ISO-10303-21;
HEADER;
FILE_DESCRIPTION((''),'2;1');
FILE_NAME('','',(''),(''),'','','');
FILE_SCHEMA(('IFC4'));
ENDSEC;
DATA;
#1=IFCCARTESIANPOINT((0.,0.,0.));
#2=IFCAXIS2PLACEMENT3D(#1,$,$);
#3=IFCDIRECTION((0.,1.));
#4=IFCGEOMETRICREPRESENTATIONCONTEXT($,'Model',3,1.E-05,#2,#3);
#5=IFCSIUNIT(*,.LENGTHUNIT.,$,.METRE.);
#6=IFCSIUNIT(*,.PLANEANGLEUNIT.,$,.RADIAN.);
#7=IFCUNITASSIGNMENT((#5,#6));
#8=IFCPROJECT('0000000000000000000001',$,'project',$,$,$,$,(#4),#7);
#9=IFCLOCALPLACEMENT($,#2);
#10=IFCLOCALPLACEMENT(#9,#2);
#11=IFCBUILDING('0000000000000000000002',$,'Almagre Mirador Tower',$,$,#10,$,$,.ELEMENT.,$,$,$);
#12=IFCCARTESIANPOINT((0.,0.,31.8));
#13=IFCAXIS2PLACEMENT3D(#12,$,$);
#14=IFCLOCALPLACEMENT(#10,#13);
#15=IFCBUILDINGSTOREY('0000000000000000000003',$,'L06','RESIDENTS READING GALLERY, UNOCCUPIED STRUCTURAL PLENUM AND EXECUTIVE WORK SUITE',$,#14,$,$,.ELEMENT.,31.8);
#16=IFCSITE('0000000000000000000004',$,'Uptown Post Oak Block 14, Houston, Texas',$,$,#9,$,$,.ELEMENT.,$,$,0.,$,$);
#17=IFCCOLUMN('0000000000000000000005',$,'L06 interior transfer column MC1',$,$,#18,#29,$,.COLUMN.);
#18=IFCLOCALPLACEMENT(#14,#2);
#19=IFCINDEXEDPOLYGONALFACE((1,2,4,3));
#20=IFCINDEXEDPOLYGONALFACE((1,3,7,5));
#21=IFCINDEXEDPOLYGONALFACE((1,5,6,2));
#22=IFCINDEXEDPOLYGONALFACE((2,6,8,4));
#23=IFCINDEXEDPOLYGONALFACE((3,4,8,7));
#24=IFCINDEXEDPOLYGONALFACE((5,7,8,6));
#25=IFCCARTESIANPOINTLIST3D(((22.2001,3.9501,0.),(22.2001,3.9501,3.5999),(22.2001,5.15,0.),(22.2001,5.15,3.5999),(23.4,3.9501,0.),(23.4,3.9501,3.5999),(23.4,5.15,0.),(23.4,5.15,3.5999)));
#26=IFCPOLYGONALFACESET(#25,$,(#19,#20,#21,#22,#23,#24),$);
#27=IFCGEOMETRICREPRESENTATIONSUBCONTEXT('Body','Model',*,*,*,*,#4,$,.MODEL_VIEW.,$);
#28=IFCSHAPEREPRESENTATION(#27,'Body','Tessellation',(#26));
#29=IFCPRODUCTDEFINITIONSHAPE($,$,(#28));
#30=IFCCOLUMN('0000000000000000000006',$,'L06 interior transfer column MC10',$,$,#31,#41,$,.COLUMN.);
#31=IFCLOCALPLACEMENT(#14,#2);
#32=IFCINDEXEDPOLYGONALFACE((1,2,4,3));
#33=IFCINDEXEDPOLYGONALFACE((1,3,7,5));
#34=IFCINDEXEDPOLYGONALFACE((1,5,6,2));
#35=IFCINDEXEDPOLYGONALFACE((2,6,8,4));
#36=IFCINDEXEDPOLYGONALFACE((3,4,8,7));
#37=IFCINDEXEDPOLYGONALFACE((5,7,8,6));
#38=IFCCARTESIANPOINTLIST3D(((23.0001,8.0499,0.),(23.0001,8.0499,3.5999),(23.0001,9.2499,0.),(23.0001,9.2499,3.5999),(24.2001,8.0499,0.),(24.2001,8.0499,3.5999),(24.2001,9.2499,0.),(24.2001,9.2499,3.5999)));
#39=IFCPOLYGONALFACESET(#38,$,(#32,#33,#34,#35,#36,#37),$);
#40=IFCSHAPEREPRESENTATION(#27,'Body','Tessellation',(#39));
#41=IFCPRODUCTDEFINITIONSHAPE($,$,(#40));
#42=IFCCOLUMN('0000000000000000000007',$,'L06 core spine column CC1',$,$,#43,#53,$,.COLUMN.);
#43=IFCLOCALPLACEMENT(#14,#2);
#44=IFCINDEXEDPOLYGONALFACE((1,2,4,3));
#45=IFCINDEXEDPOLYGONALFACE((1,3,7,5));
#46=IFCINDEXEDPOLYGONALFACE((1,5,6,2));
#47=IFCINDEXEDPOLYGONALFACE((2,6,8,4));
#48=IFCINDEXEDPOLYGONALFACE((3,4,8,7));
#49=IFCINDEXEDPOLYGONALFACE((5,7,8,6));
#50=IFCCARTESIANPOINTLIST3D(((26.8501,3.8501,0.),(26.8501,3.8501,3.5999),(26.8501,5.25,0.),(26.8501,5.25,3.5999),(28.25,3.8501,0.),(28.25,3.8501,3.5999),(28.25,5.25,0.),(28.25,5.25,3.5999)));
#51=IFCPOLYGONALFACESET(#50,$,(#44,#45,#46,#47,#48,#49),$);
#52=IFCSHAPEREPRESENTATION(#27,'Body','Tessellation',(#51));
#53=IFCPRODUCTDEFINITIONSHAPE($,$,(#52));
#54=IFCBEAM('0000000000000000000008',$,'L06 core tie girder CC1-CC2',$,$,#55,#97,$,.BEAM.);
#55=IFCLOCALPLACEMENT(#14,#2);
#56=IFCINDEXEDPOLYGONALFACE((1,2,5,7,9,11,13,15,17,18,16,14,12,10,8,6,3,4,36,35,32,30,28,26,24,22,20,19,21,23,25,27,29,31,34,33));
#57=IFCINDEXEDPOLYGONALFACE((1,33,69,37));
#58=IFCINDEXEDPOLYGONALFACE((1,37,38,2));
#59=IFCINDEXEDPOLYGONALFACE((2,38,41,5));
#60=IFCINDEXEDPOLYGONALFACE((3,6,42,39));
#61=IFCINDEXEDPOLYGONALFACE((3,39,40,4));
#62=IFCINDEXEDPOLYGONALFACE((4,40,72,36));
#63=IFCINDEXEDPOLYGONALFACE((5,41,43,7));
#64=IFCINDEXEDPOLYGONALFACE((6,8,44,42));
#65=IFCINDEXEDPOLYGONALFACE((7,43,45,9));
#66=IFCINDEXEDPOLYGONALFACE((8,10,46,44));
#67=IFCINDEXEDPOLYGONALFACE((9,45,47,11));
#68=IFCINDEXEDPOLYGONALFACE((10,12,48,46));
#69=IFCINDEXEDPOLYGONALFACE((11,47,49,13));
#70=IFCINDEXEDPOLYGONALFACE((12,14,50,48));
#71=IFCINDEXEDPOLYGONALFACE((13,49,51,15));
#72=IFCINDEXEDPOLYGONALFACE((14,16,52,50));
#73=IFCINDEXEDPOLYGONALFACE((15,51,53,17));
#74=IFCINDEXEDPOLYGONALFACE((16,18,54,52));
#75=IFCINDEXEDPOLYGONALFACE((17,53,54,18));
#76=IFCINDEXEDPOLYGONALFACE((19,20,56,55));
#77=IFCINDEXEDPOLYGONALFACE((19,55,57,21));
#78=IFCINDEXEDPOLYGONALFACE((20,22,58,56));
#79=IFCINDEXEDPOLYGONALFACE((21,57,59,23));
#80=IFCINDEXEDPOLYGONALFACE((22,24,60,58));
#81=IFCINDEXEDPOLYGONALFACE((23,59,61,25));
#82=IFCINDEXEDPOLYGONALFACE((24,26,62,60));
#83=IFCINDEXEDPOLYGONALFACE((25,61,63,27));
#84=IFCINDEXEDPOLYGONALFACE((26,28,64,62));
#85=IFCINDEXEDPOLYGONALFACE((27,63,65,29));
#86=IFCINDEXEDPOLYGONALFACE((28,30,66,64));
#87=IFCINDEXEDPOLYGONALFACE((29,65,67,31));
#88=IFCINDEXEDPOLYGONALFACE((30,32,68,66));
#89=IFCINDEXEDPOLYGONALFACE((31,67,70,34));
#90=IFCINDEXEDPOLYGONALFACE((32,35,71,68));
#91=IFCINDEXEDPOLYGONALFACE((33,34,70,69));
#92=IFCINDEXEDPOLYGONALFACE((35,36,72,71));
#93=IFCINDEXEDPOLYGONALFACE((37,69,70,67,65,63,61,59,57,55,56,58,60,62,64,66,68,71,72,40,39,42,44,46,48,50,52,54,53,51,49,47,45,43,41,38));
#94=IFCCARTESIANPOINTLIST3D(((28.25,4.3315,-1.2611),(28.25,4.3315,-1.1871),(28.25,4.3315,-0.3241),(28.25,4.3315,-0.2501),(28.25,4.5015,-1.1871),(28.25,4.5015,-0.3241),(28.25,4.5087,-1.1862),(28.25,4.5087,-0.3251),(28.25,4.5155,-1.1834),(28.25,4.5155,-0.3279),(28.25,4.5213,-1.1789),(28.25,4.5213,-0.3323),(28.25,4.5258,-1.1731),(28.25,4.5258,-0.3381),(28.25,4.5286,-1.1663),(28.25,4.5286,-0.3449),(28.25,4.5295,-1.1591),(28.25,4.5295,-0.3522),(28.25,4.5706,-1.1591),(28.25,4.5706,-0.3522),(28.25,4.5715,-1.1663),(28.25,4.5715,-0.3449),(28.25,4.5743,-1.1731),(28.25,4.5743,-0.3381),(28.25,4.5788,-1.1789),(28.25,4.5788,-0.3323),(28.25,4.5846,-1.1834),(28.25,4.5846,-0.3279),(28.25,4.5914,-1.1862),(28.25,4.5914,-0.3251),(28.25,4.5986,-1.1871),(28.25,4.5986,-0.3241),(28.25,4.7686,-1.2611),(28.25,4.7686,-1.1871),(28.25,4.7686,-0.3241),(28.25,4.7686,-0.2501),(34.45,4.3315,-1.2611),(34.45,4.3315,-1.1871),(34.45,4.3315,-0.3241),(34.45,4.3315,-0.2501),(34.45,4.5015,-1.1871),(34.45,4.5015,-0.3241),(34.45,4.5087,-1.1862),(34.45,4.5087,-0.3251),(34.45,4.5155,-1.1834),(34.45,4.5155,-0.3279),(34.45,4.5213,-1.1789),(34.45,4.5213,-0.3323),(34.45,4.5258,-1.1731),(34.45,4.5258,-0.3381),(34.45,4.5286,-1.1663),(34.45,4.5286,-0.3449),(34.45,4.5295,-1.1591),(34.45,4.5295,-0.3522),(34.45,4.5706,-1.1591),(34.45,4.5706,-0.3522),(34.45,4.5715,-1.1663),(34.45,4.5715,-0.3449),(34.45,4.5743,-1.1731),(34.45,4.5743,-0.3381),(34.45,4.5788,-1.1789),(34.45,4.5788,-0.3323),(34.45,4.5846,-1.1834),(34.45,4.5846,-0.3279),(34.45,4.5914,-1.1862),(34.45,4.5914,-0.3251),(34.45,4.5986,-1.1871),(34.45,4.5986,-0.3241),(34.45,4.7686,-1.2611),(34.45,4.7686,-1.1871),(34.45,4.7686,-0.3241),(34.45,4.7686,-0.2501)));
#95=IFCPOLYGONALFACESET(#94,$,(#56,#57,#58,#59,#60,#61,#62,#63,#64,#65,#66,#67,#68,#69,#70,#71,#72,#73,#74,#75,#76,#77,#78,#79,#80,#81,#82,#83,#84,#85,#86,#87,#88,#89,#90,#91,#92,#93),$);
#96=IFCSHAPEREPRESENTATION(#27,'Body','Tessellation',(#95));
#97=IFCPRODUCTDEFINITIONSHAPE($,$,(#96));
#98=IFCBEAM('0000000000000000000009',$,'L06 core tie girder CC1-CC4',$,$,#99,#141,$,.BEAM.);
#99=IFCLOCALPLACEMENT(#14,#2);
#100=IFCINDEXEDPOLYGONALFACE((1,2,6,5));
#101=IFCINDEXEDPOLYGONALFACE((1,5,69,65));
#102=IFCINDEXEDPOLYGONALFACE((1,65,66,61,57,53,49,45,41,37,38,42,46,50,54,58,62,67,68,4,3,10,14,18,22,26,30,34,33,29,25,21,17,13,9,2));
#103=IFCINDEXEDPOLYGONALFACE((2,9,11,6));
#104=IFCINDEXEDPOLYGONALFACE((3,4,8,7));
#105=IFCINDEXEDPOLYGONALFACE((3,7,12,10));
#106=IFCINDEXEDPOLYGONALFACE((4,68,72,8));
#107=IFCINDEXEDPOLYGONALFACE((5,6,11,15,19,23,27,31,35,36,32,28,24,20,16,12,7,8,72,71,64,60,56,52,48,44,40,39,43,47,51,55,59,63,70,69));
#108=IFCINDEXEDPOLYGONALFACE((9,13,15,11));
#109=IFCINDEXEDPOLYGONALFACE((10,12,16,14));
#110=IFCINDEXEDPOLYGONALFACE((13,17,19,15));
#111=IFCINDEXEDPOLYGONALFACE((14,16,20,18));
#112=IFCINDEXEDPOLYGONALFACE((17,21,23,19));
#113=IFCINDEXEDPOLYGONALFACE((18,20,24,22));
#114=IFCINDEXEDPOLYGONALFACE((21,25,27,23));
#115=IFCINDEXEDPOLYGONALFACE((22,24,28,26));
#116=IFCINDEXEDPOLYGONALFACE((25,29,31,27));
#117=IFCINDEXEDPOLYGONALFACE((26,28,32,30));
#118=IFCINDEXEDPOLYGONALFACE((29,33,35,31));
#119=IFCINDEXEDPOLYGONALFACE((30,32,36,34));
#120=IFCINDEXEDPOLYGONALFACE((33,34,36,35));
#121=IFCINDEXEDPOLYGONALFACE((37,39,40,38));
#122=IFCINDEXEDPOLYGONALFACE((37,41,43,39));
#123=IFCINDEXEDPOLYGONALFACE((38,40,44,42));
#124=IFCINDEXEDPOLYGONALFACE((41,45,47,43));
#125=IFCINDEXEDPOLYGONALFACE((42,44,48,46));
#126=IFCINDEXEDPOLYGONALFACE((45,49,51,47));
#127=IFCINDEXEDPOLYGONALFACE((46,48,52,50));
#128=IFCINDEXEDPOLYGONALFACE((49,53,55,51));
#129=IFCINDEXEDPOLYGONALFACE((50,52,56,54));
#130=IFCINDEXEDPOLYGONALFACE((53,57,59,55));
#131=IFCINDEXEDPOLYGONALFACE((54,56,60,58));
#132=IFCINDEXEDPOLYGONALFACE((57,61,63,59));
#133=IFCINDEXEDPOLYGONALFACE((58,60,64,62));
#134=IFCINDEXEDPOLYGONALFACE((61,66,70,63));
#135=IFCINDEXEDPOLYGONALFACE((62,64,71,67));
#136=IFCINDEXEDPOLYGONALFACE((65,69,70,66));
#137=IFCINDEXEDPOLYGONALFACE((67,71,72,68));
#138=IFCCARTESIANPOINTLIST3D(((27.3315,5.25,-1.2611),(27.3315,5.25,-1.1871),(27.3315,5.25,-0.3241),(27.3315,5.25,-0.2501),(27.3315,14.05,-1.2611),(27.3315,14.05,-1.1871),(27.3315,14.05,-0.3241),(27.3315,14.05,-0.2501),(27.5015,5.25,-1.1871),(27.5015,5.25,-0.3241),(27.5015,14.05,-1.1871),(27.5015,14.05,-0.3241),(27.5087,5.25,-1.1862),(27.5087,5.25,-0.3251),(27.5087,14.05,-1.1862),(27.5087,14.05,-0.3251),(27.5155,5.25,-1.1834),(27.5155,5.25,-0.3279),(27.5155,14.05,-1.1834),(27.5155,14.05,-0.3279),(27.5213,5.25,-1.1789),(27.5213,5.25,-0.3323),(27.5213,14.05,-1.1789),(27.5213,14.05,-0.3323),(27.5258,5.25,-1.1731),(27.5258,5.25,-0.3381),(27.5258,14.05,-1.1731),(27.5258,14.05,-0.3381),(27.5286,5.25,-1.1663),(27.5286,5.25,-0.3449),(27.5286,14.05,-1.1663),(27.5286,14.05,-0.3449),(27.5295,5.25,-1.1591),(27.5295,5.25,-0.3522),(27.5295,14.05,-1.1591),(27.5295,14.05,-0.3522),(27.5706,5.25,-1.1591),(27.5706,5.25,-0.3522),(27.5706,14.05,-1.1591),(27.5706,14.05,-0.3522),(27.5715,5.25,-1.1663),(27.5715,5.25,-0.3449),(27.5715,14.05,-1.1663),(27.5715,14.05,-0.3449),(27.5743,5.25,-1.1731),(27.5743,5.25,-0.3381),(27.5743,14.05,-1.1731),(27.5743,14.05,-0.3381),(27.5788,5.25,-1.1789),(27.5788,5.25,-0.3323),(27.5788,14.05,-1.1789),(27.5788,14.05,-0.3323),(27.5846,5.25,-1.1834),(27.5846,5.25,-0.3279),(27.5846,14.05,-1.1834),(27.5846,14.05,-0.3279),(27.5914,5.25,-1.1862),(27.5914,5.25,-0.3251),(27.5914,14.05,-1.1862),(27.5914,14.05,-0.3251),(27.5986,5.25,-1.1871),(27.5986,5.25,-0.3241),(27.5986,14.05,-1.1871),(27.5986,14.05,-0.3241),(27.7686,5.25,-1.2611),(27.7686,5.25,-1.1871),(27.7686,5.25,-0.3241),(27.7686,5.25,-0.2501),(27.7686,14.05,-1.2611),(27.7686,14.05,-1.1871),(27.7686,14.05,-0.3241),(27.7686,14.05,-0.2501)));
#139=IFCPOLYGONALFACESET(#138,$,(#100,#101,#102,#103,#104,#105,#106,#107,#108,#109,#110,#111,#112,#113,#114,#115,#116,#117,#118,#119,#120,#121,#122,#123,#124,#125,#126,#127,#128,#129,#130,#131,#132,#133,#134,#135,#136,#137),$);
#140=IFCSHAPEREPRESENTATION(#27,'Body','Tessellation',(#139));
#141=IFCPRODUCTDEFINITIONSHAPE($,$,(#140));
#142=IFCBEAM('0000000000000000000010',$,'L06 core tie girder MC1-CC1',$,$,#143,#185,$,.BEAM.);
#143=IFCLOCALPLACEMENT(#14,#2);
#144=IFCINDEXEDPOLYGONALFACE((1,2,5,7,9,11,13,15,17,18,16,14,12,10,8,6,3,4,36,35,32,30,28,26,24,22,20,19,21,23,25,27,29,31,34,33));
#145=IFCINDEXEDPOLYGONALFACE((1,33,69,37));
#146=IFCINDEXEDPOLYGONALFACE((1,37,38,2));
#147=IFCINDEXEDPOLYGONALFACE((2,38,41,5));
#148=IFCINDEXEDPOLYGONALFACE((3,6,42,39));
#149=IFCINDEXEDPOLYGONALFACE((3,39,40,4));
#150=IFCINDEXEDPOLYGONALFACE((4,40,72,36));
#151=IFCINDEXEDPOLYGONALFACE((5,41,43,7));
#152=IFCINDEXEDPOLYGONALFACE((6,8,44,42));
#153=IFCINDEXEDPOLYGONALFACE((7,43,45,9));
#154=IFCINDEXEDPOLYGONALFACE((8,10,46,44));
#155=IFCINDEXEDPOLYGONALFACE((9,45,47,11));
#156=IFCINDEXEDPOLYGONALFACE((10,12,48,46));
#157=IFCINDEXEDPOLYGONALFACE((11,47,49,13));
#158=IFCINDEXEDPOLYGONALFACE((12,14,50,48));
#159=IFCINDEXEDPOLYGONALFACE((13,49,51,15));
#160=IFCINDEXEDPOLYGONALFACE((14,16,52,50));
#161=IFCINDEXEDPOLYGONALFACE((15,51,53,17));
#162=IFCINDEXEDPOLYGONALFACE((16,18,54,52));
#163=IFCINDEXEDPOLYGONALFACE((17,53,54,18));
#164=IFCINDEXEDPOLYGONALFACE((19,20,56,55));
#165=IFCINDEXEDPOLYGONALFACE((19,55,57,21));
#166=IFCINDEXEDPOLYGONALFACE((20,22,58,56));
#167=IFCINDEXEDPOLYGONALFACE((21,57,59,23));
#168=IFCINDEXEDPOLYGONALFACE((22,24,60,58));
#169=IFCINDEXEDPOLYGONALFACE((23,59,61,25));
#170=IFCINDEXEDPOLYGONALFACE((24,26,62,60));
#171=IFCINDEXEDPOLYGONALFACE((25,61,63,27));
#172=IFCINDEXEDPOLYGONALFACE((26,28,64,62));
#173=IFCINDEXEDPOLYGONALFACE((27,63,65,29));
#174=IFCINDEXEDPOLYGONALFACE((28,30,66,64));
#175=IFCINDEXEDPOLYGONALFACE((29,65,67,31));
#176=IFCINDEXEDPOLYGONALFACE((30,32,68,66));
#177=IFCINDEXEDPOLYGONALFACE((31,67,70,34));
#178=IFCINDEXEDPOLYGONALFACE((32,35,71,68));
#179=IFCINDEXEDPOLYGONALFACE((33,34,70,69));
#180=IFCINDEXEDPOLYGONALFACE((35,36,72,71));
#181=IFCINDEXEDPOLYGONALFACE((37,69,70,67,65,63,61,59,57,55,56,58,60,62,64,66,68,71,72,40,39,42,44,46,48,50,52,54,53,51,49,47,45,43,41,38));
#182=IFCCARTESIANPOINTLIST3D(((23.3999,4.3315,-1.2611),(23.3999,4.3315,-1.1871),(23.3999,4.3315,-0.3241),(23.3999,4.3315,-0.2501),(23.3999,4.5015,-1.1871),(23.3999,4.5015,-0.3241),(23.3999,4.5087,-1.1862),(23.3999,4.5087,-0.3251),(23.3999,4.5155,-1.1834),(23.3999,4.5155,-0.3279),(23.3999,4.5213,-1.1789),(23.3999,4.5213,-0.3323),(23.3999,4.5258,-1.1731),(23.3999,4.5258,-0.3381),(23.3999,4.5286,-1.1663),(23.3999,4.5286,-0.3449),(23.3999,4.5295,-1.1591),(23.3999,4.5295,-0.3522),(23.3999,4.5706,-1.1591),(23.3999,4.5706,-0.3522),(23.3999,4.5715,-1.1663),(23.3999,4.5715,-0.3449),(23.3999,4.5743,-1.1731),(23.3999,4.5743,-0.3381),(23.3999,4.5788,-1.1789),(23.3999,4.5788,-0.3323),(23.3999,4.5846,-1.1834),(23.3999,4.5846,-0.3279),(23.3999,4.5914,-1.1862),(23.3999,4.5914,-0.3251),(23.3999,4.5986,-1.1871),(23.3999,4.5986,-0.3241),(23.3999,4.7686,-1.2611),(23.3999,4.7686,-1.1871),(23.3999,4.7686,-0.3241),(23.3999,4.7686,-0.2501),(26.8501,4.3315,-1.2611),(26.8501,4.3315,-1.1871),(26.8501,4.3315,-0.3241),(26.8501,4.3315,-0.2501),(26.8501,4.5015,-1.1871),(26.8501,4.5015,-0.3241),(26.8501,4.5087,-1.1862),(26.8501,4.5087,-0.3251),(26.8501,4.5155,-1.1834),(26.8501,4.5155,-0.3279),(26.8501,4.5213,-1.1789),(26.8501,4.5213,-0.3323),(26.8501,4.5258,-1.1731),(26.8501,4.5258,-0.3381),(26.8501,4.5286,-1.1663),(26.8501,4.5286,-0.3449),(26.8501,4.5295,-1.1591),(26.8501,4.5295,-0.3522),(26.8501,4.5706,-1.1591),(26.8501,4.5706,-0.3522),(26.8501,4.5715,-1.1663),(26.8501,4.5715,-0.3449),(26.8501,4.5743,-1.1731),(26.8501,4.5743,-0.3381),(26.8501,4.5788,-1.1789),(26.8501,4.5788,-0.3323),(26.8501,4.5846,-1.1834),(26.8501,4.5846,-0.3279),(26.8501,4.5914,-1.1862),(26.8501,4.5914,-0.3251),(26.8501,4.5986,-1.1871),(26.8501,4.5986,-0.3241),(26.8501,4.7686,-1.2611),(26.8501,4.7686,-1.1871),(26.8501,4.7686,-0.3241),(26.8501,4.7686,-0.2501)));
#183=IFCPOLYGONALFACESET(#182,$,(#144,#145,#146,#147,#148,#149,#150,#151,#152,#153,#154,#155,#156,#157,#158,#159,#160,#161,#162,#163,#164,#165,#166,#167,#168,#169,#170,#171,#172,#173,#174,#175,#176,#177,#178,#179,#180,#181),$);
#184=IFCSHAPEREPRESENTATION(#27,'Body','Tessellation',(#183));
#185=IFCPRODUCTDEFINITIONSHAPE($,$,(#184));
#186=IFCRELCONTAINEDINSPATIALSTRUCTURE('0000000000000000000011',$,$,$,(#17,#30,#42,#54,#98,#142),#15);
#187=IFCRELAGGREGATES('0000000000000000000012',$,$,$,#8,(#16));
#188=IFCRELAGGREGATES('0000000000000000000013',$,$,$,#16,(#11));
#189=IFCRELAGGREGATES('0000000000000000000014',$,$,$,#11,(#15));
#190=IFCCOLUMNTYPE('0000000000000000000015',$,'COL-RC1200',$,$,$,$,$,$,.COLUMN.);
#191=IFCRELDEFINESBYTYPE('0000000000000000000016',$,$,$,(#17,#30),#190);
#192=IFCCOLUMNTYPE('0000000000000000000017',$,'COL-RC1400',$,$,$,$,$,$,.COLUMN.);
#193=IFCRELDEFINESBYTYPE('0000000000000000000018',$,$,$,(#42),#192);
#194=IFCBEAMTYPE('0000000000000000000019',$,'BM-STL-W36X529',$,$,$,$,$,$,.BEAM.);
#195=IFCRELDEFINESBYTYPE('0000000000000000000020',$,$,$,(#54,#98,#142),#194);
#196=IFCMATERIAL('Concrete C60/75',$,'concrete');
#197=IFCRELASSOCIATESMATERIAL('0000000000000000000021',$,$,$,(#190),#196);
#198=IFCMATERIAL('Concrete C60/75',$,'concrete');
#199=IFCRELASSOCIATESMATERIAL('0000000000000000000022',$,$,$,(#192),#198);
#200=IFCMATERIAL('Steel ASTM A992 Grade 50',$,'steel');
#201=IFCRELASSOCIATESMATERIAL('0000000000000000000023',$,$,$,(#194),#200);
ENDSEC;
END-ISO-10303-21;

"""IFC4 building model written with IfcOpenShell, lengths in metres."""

from ifc_helpers import new_model, si_unit, direction, frame, origin, origin_2d, place, context, subcontext, project, spatial, rectangle, i_section, extrude, material, material_profile, profile_set, type_object, element, save


model = new_model("IFC4")

# Units and contexts
model_context = context("Model", 3, precision=1e-05, world=origin(), true_north=direction((0.0, 1.0)))
body_context = subcontext(model_context, "Body", "Model", "MODEL_VIEW")
ifc_project = project(units=[si_unit("LENGTHUNIT", "METRE"), si_unit("PLANEANGLEUNIT", "RADIAN")], contexts=[model_context])

# Site, building, storey
site_placement = place(None, origin())
site = spatial("IfcSite", under=ifc_project, at=site_placement, Name="Uptown Post Oak Block 14, Houston, Texas", CompositionType="ELEMENT", RefElevation=0.0)
building_placement = place(site_placement, origin())
building = spatial("IfcBuilding", under=site, at=building_placement, Name="Almagre Mirador Tower", CompositionType="ELEMENT")
storey_placement = place(building_placement, frame((0.0, 0.0, 31.8)))
storey = spatial("IfcBuildingStorey", under=building, at=storey_placement, Name="L06", Description="RESIDENTS READING GALLERY, UNOCCUPIED STRUCTURAL PLENUM AND EXECUTIVE WORK SUITE", CompositionType="ELEMENT", Elevation=31.8)

# Columns
ifc_material_1 = material(Name="Concrete C60/75", Category="concrete")
ifc_material_profile_1 = material_profile(ifc_material_1, rectangle(XDim=1.2, YDim=1.2, at=origin_2d()), Name="RC1200X1200")
ifc_profile_set_1 = profile_set([ifc_material_profile_1], Name="Concrete C60/75")
column_type_1 = type_object("IfcColumnType", Name="COL-RC1200", PredefinedType="COLUMN", material=ifc_profile_set_1)
for number, where, z_axis, x_axis, name in (
    (1, (22.8, 4.55, 0.0), (0.0, 0.0, 1.0), (1.0, 0.0, 0.0), "L06 interior transfer column MC1"),
    (2, (23.6001, 8.6499, 0.0), (0.0, 0.0, 1.0), (1.0, 0.0, 0.0), "L06 interior transfer column MC10"),
):
    element("IfcColumn", number, at=place(storey_placement, frame(where, z_axis=z_axis, x_axis=x_axis)), inside=storey, type_object=column_type_1, Name=name, PredefinedType="COLUMN", context=body_context, shape_type="SweptSolid", body=[
        extrude(rectangle(XDim=1.2, YDim=1.2, at=origin_2d()), origin(), (0.0, 0.0, 1.0), 3.5999),
    ])
ifc_material_2 = material(Name="Concrete C60/75", Category="concrete")
ifc_material_profile_2 = material_profile(ifc_material_2, rectangle(XDim=1.3999, YDim=1.3999, at=origin_2d()), Name="RC1400X1400")
ifc_profile_set_2 = profile_set([ifc_material_profile_2], Name="Concrete C60/75")
column_type_2 = type_object("IfcColumnType", Name="COL-RC1400", PredefinedType="COLUMN", material=ifc_profile_set_2)
column_placement = place(storey_placement, frame((27.55, 4.55, 0.0), z_axis=(0.0, 0.0, 1.0), x_axis=(1.0, 0.0, 0.0)))
element("IfcColumn", 3, at=column_placement, inside=storey, type_object=column_type_2, Name="L06 core spine column CC1", PredefinedType="COLUMN", context=body_context, shape_type="SweptSolid", body=[
    extrude(rectangle(XDim=1.3999, YDim=1.3999, at=origin_2d()), origin(), (0.0, 0.0, 1.0), 3.5999),
])

# Beams
ifc_material_3 = material(Name="Steel ASTM A992 Grade 50", Category="steel")
ifc_material_profile_3 = material_profile(ifc_material_3, i_section(OverallWidth=0.437, OverallDepth=1.011, WebThickness=0.041, FlangeThickness=0.074, FilletRadius=0.0281, at=origin_2d()), Name="W36X529")
ifc_profile_set_3 = profile_set([ifc_material_profile_3], Name="Steel ASTM A992 Grade 50")
beam_type = type_object("IfcBeamType", Name="BM-STL-W36X529", PredefinedType="BEAM", material=ifc_profile_set_3)
beam_1_placement = place(storey_placement, frame((28.25, 4.55, -0.7556), z_axis=(1.0, 0.0, 0.0), x_axis=(0.0, 1.0, 0.0)))
element("IfcBeam", 4, at=beam_1_placement, inside=storey, type_object=beam_type, Name="L06 core tie girder CC1-CC2", PredefinedType="BEAM", context=body_context, shape_type="SweptSolid", body=[
    extrude(i_section(OverallWidth=0.437, OverallDepth=1.011, WebThickness=0.041, FlangeThickness=0.074, FilletRadius=0.0281, at=origin_2d()), origin(), (0.0, 0.0, 1.0), 6.2),
])
beam_2_placement = place(storey_placement, frame((27.55, 5.25, -0.7556), z_axis=(0.0, 1.0, 0.0), x_axis=(-1.0, 0.0, 0.0)))
element("IfcBeam", 5, at=beam_2_placement, inside=storey, type_object=beam_type, Name="L06 core tie girder CC1-CC4", PredefinedType="BEAM", context=body_context, shape_type="SweptSolid", body=[
    extrude(i_section(OverallWidth=0.437, OverallDepth=1.011, WebThickness=0.041, FlangeThickness=0.074, FilletRadius=0.0281, at=origin_2d()), origin(), (0.0, 0.0, 1.0), 8.8),
])
beam_3_placement = place(storey_placement, frame((23.3999, 4.55, -0.7556), z_axis=(1.0, 0.0, 0.0), x_axis=(0.0, 1.0, 0.0)))
element("IfcBeam", 6, at=beam_3_placement, inside=storey, type_object=beam_type, Name="L06 core tie girder MC1-CC1", PredefinedType="BEAM", context=body_context, shape_type="SweptSolid", body=[
    extrude(i_section(OverallWidth=0.437, OverallDepth=1.011, WebThickness=0.041, FlangeThickness=0.074, FilletRadius=0.0281, at=origin_2d()), origin(), (0.0, 0.0, 1.0), 3.4502),
])

save(model, "model.ifc")
